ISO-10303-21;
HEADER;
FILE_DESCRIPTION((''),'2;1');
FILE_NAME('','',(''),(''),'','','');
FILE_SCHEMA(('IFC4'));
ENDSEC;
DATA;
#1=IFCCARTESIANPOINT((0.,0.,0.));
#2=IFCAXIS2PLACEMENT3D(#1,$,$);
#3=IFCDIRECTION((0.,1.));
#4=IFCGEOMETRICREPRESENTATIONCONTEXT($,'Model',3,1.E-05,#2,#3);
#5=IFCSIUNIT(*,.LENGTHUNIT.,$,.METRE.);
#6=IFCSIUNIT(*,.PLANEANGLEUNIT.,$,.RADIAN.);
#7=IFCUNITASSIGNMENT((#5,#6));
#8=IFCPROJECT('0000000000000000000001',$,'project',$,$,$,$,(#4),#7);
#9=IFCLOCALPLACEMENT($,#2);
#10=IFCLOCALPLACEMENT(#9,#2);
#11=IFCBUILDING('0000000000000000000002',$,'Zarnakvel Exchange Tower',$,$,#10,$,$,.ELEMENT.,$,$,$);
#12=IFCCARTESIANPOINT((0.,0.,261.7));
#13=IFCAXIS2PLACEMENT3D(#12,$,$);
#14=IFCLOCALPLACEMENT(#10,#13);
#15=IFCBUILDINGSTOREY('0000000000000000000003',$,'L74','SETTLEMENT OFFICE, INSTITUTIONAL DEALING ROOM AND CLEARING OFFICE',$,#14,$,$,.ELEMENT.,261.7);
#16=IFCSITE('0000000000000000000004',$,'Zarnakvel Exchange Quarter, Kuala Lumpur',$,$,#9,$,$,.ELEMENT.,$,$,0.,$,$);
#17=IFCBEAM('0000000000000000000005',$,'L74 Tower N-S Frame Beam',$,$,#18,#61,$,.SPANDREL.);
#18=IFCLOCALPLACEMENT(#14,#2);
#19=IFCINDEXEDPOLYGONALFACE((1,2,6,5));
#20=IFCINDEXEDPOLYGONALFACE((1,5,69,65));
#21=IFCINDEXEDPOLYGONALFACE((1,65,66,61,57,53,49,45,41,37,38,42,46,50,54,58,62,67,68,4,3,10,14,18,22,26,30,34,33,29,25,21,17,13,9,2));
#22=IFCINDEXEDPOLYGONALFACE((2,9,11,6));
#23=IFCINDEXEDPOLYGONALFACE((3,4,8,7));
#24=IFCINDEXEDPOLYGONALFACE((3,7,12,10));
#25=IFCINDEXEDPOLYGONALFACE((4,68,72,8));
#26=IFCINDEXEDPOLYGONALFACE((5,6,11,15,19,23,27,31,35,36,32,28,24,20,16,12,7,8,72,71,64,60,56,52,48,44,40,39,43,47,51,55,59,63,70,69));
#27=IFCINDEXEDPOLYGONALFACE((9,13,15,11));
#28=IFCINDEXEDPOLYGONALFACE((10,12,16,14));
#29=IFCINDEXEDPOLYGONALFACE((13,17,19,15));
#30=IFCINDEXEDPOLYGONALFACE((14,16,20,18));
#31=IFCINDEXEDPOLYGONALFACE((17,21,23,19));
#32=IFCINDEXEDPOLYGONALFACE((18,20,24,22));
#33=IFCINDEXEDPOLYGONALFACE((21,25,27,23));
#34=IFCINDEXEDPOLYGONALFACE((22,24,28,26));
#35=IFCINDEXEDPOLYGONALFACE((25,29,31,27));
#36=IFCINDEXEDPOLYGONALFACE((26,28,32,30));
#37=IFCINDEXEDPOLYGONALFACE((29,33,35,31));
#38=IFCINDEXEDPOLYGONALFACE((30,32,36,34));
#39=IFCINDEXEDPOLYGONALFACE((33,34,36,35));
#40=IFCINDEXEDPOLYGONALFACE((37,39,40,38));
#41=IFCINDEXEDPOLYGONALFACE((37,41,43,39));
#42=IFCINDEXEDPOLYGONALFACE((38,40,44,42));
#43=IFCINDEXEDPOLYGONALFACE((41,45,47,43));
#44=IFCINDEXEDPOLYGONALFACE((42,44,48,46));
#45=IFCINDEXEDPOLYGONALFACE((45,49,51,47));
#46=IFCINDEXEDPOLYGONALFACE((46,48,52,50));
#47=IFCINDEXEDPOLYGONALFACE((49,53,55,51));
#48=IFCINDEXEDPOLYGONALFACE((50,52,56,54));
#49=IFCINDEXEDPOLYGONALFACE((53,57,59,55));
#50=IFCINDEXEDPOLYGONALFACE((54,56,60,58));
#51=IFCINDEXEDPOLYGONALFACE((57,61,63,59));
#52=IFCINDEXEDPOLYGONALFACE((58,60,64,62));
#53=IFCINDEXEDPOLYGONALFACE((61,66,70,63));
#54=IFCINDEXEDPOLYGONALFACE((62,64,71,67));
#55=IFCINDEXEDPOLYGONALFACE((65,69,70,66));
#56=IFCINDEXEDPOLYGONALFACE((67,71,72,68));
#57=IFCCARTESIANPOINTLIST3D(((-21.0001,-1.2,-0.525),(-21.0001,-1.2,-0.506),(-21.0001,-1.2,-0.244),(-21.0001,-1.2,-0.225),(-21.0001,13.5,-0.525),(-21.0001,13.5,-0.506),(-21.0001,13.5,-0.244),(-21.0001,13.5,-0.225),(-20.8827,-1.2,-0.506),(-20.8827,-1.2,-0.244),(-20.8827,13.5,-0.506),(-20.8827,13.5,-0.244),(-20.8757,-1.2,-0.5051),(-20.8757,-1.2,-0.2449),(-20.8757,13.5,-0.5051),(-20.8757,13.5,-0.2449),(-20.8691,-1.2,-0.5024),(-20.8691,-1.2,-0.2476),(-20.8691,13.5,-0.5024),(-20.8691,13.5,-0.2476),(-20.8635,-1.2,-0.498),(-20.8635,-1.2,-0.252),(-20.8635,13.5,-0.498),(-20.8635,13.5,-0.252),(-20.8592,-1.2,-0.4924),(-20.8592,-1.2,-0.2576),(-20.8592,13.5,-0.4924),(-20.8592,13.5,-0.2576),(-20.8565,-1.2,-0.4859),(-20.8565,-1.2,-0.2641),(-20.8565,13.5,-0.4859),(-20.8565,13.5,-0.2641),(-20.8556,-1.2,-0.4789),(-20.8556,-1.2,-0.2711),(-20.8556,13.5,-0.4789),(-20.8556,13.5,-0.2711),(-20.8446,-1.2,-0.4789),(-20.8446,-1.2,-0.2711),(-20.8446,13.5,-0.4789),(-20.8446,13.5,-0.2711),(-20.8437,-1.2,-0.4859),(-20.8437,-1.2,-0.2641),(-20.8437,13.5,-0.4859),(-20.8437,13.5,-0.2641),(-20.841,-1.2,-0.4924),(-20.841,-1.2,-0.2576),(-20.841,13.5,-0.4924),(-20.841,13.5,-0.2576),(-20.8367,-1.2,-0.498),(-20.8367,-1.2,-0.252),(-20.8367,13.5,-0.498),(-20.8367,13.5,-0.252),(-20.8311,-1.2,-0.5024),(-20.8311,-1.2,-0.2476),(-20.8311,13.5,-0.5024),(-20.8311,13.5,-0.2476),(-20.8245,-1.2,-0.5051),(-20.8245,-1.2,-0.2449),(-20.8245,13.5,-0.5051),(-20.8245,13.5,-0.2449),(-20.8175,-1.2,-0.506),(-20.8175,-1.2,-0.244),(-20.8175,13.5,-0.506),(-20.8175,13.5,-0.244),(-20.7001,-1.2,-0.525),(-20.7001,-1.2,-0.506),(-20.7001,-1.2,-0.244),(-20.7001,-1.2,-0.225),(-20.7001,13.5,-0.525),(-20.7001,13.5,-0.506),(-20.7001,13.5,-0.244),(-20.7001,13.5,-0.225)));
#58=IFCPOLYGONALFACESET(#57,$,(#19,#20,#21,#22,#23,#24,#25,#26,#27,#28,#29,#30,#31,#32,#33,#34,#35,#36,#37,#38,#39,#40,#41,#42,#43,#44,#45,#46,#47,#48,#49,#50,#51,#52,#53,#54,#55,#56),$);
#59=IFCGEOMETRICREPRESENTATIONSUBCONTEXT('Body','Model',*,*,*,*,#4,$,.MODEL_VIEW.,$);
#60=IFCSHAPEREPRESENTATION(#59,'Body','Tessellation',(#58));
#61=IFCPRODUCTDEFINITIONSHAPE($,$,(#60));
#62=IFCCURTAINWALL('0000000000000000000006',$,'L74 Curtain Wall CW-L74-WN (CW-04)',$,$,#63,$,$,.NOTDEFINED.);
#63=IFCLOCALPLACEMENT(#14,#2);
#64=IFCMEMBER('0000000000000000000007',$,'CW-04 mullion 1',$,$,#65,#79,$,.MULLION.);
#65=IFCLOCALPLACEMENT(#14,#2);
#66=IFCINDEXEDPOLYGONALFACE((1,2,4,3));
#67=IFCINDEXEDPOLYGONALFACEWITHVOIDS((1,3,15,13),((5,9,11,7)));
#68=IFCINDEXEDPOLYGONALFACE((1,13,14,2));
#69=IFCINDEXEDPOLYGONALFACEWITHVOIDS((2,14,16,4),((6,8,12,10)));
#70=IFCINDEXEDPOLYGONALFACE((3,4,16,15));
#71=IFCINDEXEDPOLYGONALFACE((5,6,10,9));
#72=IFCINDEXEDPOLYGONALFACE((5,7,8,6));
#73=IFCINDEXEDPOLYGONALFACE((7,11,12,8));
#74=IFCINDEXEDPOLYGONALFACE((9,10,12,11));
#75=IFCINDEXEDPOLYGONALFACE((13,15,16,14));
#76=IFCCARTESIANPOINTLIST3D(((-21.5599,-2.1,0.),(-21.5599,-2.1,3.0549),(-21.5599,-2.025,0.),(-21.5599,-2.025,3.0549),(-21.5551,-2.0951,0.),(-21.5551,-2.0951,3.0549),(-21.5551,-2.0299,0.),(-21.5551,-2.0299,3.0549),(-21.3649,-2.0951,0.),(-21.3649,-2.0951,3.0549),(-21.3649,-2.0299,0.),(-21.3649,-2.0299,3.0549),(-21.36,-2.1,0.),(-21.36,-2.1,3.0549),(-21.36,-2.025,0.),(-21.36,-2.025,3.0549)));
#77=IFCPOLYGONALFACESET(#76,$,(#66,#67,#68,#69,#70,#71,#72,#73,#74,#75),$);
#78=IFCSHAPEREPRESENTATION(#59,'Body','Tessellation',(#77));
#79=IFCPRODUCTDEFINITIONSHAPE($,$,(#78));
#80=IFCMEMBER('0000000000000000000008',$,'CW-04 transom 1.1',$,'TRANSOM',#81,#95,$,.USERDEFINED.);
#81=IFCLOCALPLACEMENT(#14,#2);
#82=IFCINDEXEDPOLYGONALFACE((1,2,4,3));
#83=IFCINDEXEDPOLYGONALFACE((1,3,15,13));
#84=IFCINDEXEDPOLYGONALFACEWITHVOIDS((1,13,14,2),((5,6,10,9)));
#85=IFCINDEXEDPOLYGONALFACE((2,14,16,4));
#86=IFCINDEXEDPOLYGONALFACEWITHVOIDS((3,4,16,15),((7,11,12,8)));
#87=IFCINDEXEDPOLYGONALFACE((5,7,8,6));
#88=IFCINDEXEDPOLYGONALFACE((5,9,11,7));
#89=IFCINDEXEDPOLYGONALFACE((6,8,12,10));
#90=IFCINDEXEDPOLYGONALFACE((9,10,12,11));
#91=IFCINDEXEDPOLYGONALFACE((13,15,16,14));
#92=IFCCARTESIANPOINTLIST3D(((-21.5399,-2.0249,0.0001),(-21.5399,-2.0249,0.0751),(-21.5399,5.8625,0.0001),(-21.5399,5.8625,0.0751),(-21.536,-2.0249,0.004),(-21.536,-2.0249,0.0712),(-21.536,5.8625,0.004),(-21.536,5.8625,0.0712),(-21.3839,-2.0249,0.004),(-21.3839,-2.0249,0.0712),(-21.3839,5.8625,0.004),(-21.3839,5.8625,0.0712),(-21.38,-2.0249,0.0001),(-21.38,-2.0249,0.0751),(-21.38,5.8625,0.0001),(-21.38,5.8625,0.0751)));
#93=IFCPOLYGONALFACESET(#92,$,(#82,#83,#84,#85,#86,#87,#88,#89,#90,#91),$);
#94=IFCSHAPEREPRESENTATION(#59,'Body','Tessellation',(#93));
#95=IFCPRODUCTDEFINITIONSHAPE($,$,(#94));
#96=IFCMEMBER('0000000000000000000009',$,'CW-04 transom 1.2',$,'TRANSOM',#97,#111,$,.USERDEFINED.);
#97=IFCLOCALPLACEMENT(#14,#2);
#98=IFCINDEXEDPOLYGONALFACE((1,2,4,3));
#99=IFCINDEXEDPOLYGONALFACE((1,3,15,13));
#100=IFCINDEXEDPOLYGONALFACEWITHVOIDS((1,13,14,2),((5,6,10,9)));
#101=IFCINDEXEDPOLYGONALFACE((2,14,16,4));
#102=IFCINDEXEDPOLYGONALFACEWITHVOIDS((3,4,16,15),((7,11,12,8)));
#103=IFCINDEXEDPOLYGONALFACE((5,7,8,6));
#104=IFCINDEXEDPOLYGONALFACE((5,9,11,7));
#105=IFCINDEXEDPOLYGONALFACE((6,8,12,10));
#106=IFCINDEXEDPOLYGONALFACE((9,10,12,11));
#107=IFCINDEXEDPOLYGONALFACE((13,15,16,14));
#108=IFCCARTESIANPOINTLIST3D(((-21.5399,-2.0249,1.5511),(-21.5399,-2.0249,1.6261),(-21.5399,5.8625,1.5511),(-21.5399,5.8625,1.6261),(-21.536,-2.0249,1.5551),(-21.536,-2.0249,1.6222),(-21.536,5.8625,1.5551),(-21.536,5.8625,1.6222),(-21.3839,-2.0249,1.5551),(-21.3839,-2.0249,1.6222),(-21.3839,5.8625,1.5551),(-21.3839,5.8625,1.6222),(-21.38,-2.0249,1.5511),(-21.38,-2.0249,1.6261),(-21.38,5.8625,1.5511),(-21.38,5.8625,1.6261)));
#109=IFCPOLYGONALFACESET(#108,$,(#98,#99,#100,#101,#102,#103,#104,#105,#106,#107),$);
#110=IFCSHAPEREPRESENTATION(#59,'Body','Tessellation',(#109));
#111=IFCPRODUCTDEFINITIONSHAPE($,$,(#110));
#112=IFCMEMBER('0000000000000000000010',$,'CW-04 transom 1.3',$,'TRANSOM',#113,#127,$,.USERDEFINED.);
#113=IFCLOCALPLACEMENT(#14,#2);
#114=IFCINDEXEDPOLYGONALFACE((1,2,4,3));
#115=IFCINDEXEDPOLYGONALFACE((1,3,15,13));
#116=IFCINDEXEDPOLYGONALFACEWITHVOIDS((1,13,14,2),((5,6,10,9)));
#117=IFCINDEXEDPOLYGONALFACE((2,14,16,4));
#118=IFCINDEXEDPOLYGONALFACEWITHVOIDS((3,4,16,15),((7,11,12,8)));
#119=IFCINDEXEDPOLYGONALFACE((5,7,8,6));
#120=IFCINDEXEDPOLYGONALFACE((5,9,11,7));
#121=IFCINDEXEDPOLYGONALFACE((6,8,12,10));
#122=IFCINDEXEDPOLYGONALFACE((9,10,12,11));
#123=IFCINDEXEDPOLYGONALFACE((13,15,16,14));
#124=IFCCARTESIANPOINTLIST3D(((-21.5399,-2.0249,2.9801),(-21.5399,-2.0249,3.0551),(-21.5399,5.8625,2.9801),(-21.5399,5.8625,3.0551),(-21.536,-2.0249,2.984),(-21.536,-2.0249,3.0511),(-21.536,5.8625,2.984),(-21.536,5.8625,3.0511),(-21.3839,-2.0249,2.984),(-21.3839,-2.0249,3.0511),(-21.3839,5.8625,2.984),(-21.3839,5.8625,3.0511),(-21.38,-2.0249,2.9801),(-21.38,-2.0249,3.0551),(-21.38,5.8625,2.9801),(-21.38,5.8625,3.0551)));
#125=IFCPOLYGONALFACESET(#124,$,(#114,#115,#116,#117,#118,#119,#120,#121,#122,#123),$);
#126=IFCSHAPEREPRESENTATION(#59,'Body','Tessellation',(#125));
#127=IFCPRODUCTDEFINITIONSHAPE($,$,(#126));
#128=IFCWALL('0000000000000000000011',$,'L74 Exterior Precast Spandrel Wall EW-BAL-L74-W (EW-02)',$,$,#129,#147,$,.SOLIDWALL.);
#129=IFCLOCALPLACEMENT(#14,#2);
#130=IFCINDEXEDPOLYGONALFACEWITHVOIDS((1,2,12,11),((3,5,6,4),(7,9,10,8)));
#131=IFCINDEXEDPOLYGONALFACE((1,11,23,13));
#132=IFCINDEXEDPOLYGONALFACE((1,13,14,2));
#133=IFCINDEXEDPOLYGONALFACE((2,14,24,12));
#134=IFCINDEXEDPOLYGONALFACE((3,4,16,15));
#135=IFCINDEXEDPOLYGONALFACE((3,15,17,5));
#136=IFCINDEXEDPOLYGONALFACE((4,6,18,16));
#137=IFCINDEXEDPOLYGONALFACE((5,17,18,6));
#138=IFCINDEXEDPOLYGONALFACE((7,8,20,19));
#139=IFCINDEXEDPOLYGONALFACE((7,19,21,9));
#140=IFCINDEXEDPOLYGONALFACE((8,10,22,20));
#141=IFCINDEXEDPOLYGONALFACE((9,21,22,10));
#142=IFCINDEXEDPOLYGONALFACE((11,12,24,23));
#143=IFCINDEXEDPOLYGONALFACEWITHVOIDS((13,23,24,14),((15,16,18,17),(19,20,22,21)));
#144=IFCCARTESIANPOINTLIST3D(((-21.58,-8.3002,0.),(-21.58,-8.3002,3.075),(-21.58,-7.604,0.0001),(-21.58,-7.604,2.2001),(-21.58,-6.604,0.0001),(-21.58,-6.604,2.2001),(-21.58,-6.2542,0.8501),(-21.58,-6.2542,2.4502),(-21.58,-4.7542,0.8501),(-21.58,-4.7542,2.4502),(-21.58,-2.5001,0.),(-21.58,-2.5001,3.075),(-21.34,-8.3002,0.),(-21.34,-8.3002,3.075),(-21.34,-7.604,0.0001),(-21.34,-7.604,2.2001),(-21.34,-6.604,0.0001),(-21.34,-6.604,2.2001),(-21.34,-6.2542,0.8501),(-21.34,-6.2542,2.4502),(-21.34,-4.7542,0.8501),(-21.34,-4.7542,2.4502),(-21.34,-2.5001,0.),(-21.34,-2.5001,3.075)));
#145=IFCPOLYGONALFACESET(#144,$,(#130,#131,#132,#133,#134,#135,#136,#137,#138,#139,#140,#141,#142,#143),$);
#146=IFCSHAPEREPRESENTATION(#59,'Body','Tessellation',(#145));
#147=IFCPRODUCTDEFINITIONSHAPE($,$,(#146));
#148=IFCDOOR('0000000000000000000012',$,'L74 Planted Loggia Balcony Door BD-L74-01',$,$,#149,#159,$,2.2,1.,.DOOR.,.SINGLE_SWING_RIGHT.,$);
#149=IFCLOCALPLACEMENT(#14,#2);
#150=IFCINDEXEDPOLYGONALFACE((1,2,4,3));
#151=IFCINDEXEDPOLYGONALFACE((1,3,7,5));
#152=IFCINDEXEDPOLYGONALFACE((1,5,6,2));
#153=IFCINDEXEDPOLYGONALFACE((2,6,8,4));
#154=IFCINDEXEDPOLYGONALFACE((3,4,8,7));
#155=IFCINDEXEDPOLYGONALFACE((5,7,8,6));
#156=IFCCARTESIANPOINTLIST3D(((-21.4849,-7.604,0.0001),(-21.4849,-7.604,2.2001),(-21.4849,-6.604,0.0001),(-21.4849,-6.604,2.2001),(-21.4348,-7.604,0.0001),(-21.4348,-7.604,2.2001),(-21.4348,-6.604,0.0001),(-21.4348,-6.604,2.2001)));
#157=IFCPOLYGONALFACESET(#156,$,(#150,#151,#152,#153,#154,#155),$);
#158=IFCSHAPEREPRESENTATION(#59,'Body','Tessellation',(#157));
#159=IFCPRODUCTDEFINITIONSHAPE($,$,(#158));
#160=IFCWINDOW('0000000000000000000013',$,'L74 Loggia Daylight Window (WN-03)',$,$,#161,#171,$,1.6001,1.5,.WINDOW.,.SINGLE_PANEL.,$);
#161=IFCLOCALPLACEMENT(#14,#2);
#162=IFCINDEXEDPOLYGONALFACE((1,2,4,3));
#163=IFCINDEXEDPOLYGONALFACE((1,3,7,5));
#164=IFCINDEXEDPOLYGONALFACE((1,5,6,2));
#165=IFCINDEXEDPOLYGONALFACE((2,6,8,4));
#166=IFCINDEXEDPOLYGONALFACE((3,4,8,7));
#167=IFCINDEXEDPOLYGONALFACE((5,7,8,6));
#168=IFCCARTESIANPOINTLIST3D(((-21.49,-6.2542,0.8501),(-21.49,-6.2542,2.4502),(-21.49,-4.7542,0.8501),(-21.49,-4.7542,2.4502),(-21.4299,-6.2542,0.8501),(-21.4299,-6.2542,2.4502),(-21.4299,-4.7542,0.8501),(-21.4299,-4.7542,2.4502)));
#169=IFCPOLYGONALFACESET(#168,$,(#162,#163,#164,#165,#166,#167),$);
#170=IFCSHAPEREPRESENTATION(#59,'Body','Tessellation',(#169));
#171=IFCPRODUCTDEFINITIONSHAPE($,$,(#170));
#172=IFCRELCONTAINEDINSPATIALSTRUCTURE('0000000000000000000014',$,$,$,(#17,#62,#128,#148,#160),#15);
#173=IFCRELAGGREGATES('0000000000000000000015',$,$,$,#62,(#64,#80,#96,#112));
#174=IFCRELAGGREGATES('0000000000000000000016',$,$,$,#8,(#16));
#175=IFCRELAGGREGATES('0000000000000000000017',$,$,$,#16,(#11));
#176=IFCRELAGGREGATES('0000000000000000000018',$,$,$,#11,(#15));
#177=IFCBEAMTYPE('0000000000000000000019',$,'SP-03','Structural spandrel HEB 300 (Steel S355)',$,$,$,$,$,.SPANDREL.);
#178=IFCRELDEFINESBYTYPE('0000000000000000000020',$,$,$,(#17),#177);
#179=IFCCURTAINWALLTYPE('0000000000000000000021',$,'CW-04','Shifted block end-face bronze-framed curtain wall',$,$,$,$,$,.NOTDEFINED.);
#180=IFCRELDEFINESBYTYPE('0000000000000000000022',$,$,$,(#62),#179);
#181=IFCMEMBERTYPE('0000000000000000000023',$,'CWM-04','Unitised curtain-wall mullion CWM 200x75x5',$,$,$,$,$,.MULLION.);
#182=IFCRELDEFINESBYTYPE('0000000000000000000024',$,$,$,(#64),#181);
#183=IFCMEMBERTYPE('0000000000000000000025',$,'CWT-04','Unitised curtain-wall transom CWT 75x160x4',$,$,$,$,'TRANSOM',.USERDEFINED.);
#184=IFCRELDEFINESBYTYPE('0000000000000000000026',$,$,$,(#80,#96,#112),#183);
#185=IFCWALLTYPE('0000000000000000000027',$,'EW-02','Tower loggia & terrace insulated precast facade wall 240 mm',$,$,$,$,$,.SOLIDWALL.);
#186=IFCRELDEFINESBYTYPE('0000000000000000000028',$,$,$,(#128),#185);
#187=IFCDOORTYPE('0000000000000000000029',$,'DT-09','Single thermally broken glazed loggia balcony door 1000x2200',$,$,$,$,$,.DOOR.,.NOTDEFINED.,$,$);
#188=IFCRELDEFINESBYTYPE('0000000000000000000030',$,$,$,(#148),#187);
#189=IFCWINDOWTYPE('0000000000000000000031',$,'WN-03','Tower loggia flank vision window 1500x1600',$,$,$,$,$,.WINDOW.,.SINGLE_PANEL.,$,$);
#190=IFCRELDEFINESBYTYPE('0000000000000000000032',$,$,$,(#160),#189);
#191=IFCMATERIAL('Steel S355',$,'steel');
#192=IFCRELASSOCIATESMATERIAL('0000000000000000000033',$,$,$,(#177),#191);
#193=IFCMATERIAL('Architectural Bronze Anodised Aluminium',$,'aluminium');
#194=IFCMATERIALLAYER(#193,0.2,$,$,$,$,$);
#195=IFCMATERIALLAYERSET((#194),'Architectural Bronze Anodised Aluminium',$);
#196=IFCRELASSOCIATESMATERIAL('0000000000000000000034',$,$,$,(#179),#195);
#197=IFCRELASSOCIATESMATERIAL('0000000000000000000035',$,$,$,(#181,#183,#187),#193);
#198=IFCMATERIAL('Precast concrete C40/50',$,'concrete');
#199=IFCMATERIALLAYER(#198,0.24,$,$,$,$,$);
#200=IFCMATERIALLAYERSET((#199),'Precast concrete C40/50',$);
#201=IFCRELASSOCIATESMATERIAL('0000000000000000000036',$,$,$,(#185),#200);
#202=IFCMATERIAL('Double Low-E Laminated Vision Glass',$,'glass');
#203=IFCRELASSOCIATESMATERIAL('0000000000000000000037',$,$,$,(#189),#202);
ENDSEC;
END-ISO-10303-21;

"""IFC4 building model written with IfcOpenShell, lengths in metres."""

from ifc_helpers import new_model, si_unit, direction, frame, frame_2d, origin, origin_2d, place, context, subcontext, project, spatial, rectangle, hollow_rectangle, i_section, extrude, source, transform, mapped, material, layer, layer_set, material_profile, profile_set, type_object, element, fill, aggregate, save


model = new_model("IFC4")

# Units and contexts
model_context = context("Model", 3, precision=1e-05, world=origin(), true_north=direction((0.0, 1.0)))
body_context = subcontext(model_context, "Body", "Model", "MODEL_VIEW")
ifc_project = project(units=[si_unit("LENGTHUNIT", "METRE"), si_unit("PLANEANGLEUNIT", "RADIAN")], contexts=[model_context])

# Site, building, storey
site_placement = place(None, origin())
site = spatial("IfcSite", under=ifc_project, at=site_placement, Name="Zarnakvel Exchange Quarter, Kuala Lumpur", CompositionType="ELEMENT", RefElevation=0.0)
building_placement = place(site_placement, origin())
building = spatial("IfcBuilding", under=site, at=building_placement, Name="Zarnakvel Exchange Tower", CompositionType="ELEMENT")
storey_placement = place(building_placement, frame((0.0, 0.0, 261.7)))
storey = spatial("IfcBuildingStorey", under=building, at=storey_placement, Name="L74", Description="SETTLEMENT OFFICE, INSTITUTIONAL DEALING ROOM AND CLEARING OFFICE", CompositionType="ELEMENT", Elevation=261.7)

# Shared definitions
ifc_material_1 = material(Name="Steel S355", Category="steel")

# Beam
ifc_material_profile_1 = material_profile(ifc_material_1, i_section(OverallWidth=0.3, OverallDepth=0.3, WebThickness=0.011, FlangeThickness=0.019, FilletRadius=0.0271, at=origin_2d()))
ifc_profile_set_1 = profile_set([ifc_material_profile_1], Name="Steel S355")
beam_type_1 = type_object("IfcBeamType", Name="SP-03", Description="Structural spandrel HEB 300 (Steel S355)", PredefinedType="SPANDREL", material=ifc_profile_set_1)
beam_1_placement = place(storey_placement, frame((-20.8501, -1.2, -0.375), z_axis=(0.0, 1.0, 0.0), x_axis=(-1.0, 0.0, 0.0)))
element("IfcBeam", 1, at=beam_1_placement, inside=storey, type_object=beam_type_1, Name="L74 Tower N-S Frame Beam", PredefinedType="SPANDREL", context=body_context, shape_type="SweptSolid", body=[
    extrude(i_section(OverallWidth=0.3, OverallDepth=0.3, WebThickness=0.011, FlangeThickness=0.019, FilletRadius=0.0271, at=origin_2d()), origin(), (0.0, 0.0, 1.0), 14.7),
])

# Curtain wall, members
ifc_material_2 = material(Name="Architectural Bronze Anodised Aluminium", Category="aluminium")
ifc_layer_1 = layer(ifc_material_2, 0.2)
ifc_layer_set_1 = layer_set([ifc_layer_1], Name="Architectural Bronze Anodised Aluminium")
curtain_wall_type = type_object("IfcCurtainWallType", Name="CW-04", Description="Shifted block end-face bronze-framed curtain wall", PredefinedType="NOTDEFINED", material=ifc_layer_set_1)
curtain_wall_placement = place(storey_placement, origin())
curtain_wall = element("IfcCurtainWall", 2, at=curtain_wall_placement, inside=storey, type_object=curtain_wall_type, Name="L74 Curtain Wall CW-L74-WN (CW-04)", PredefinedType="NOTDEFINED")
ifc_material_profile_2 = material_profile(ifc_material_2, hollow_rectangle(XDim=0.2, YDim=0.075, WallThickness=0.0049, at=origin_2d()))
ifc_profile_set_2 = profile_set([ifc_material_profile_2], Name="Architectural Bronze Anodised Aluminium")
member_type_1 = type_object("IfcMemberType", Name="CWM-04", Description="Unitised curtain-wall mullion CWM 200x75x5", PredefinedType="MULLION", material=ifc_profile_set_2)
shared_shape_1 = source(origin(), body_context, "Body", "SweptSolid", [
    extrude(hollow_rectangle(XDim=0.2, YDim=0.075, WallThickness=0.0049, at=origin_2d()), origin(), (0.0, 0.0, 1.0), 3.0549),
])
member_1_placement = place(storey_placement, frame((-21.46, -2.0625, 0.0), z_axis=(0.0, 0.0, 1.0), x_axis=(-1.0, 0.0, 0.0)))
member_1 = element("IfcMember", 3, at=member_1_placement, type_object=member_type_1, Name="CW-04 mullion 1", PredefinedType="MULLION", context=body_context, shape_type="MappedRepresentation", body=[
    mapped(shared_shape_1, transform((0.0, 0.0, 0.0), x_axis=(1.0, 0.0, 0.0), y_axis=(0.0, 1.0, 0.0), z_axis=(0.0, 0.0, 1.0), scale=1.0)),
])
ifc_material_profile_3 = material_profile(ifc_material_2, hollow_rectangle(XDim=0.1599, YDim=0.075, WallThickness=0.0039, at=origin_2d()))
ifc_profile_set_3 = profile_set([ifc_material_profile_3], Name="Architectural Bronze Anodised Aluminium")
member_type_2 = type_object("IfcMemberType", Name="CWT-04", Description="Unitised curtain-wall transom CWT 75x160x4", ElementType="TRANSOM", PredefinedType="USERDEFINED", material=ifc_profile_set_3)
shared_shape_2 = source(origin(), body_context, "Body", "SweptSolid", [
    extrude(hollow_rectangle(XDim=0.1599, YDim=0.075, WallThickness=0.0039, at=origin_2d()), origin(), (0.0, 0.0, 1.0), 7.8875),
])
member_2_placement = place(storey_placement, frame((-21.46, -2.0249, 0.0376), z_axis=(0.0, 1.0, 0.0), x_axis=(-1.0, 0.0, 0.0)))
member_2 = element("IfcMember", 4, at=member_2_placement, type_object=member_type_2, Name="CW-04 transom 1.1", ObjectType="TRANSOM", PredefinedType="USERDEFINED", context=body_context, shape_type="MappedRepresentation", body=[
    mapped(shared_shape_2, transform((0.0, 0.0, 0.0), x_axis=(1.0, 0.0, 0.0), y_axis=(0.0, 1.0, 0.0), z_axis=(0.0, 0.0, 1.0), scale=1.0)),
])
member_3_placement = place(storey_placement, frame((-21.46, -2.0249, 1.5886), z_axis=(0.0, 1.0, 0.0), x_axis=(-1.0, 0.0, 0.0)))
member_3 = element("IfcMember", 5, at=member_3_placement, type_object=member_type_2, Name="CW-04 transom 1.2", ObjectType="TRANSOM", PredefinedType="USERDEFINED", context=body_context, shape_type="MappedRepresentation", body=[
    mapped(shared_shape_2, transform((0.0, 0.0, 0.0), x_axis=(1.0, 0.0, 0.0), y_axis=(0.0, 1.0, 0.0), z_axis=(0.0, 0.0, 1.0), scale=1.0)),
])
member_4_placement = place(storey_placement, frame((-21.46, -2.0249, 3.0176), z_axis=(0.0, 1.0, 0.0), x_axis=(-1.0, 0.0, 0.0)))
member_4 = element("IfcMember", 6, at=member_4_placement, type_object=member_type_2, Name="CW-04 transom 1.3", ObjectType="TRANSOM", PredefinedType="USERDEFINED", context=body_context, shape_type="MappedRepresentation", body=[
    mapped(shared_shape_2, transform((0.0, 0.0, 0.0), x_axis=(1.0, 0.0, 0.0), y_axis=(0.0, 1.0, 0.0), z_axis=(0.0, 0.0, 1.0), scale=1.0)),
])
aggregate(curtain_wall, [member_1, member_2, member_3, member_4])

# Wall, openings, door, window
ifc_material_3 = material(Name="Precast concrete C40/50", Category="concrete")
ifc_layer_2 = layer(ifc_material_3, 0.24)
ifc_layer_set_2 = layer_set([ifc_layer_2], Name="Precast concrete C40/50")
wall_type_1 = type_object("IfcWallType", Name="EW-02", Description="Tower loggia & terrace insulated precast facade wall 240 mm", PredefinedType="SOLIDWALL", material=ifc_layer_set_2)
wall_1_placement = place(storey_placement, frame((-21.46, -8.3, 0.0), z_axis=(0.0, 0.0, 1.0), x_axis=(0.0, 1.0, 0.0)))
wall_1 = element("IfcWall", 7, at=wall_1_placement, inside=storey, type_object=wall_type_1, Name="L74 Exterior Precast Spandrel Wall EW-BAL-L74-W (EW-02)", PredefinedType="SOLIDWALL", context=body_context, shape_type="SweptSolid", body=[
    extrude(rectangle(XDim=5.8, YDim=0.24, at=frame_2d((2.8999, 0.0))), origin(), (0.0, 0.0, 1.0), 3.075),
])
opening_1_placement = place(wall_1_placement, frame((0.696, 0.0, 0.0)))
opening_1 = element("IfcOpeningElement", 8, at=opening_1_placement, cuts=wall_1, PredefinedType="OPENING", context=body_context, shape_type="SweptSolid", body=[
    extrude(rectangle(XDim=1.0, YDim=2.2, at=frame_2d((0.5, 1.1001))), frame((0.0, 0.1299, 0.0), z_axis=(0.0, -1.0, 0.0), x_axis=(1.0, 0.0, 0.0)), (0.0, 0.0, 1.0), 0.26),
])
opening_2_placement = place(wall_1_placement, frame((2.0459, 0.0, 0.8501)))
opening_2 = element("IfcOpeningElement", 9, at=opening_2_placement, cuts=wall_1, PredefinedType="OPENING", context=body_context, shape_type="SweptSolid", body=[
    extrude(rectangle(XDim=1.5, YDim=1.6001, at=frame_2d((0.75, 0.8))), frame((0.0, 0.1299, 0.0), z_axis=(0.0, -1.0, 0.0), x_axis=(1.0, 0.0, 0.0)), (0.0, 0.0, 1.0), 0.26),
])
door_type_1 = type_object("IfcDoorType", Name="DT-09", Description="Single thermally broken glazed loggia balcony door 1000x2200", OperationType="NOTDEFINED", PredefinedType="DOOR", material=ifc_material_2)
shared_shape_3 = source(origin(), body_context, "Body", "SweptSolid", [
    extrude(rectangle(XDim=1.0, YDim=2.2, at=frame_2d((0.5, 1.1001))), frame((0.0, 0.0249, 0.0), z_axis=(0.0, -1.0, 0.0), x_axis=(1.0, 0.0, 0.0)), (0.0, 0.0, 1.0), 0.05),
])
door_1_placement = place(opening_1_placement, origin())
door_1 = element("IfcDoor", 10, at=door_1_placement, inside=storey, type_object=door_type_1, Name="L74 Planted Loggia Balcony Door BD-L74-01", OperationType="SINGLE_SWING_RIGHT", OverallHeight=2.2, OverallWidth=1.0, PredefinedType="DOOR", context=body_context, shape_type="MappedRepresentation", body=[
    mapped(shared_shape_3, transform((0.0, 0.0, 0.0), x_axis=(1.0, 0.0, 0.0), y_axis=(0.0, 1.0, 0.0), z_axis=(0.0, 0.0, 1.0), scale=1.0)),
])
fill(opening_1, door_1)
ifc_material_4 = material(Name="Double Low-E Laminated Vision Glass", Category="glass")
window_type = type_object("IfcWindowType", Name="WN-03", Description="Tower loggia flank vision window 1500x1600", PartitioningType="SINGLE_PANEL", PredefinedType="WINDOW", material=ifc_material_4)
shared_shape_4 = source(origin(), body_context, "Body", "SweptSolid", [
    extrude(rectangle(XDim=1.5, YDim=1.6001, at=frame_2d((0.75, 0.8))), frame((0.0, 0.03, 0.0), z_axis=(0.0, -1.0, 0.0), x_axis=(1.0, 0.0, 0.0)), (0.0, 0.0, 1.0), 0.0601),
])
window_placement = place(opening_2_placement, origin())
window = element("IfcWindow", 11, at=window_placement, inside=storey, type_object=window_type, Name="L74 Loggia Daylight Window (WN-03)", OverallHeight=1.6001, OverallWidth=1.5, PartitioningType="SINGLE_PANEL", PredefinedType="WINDOW", context=body_context, shape_type="MappedRepresentation", body=[
    mapped(shared_shape_4, transform((0.0, 0.0, 0.0), x_axis=(1.0, 0.0, 0.0), y_axis=(0.0, 1.0, 0.0), z_axis=(0.0, 0.0, 1.0), scale=1.0)),
])
fill(opening_2, window)

save(model, "model.ifc")
